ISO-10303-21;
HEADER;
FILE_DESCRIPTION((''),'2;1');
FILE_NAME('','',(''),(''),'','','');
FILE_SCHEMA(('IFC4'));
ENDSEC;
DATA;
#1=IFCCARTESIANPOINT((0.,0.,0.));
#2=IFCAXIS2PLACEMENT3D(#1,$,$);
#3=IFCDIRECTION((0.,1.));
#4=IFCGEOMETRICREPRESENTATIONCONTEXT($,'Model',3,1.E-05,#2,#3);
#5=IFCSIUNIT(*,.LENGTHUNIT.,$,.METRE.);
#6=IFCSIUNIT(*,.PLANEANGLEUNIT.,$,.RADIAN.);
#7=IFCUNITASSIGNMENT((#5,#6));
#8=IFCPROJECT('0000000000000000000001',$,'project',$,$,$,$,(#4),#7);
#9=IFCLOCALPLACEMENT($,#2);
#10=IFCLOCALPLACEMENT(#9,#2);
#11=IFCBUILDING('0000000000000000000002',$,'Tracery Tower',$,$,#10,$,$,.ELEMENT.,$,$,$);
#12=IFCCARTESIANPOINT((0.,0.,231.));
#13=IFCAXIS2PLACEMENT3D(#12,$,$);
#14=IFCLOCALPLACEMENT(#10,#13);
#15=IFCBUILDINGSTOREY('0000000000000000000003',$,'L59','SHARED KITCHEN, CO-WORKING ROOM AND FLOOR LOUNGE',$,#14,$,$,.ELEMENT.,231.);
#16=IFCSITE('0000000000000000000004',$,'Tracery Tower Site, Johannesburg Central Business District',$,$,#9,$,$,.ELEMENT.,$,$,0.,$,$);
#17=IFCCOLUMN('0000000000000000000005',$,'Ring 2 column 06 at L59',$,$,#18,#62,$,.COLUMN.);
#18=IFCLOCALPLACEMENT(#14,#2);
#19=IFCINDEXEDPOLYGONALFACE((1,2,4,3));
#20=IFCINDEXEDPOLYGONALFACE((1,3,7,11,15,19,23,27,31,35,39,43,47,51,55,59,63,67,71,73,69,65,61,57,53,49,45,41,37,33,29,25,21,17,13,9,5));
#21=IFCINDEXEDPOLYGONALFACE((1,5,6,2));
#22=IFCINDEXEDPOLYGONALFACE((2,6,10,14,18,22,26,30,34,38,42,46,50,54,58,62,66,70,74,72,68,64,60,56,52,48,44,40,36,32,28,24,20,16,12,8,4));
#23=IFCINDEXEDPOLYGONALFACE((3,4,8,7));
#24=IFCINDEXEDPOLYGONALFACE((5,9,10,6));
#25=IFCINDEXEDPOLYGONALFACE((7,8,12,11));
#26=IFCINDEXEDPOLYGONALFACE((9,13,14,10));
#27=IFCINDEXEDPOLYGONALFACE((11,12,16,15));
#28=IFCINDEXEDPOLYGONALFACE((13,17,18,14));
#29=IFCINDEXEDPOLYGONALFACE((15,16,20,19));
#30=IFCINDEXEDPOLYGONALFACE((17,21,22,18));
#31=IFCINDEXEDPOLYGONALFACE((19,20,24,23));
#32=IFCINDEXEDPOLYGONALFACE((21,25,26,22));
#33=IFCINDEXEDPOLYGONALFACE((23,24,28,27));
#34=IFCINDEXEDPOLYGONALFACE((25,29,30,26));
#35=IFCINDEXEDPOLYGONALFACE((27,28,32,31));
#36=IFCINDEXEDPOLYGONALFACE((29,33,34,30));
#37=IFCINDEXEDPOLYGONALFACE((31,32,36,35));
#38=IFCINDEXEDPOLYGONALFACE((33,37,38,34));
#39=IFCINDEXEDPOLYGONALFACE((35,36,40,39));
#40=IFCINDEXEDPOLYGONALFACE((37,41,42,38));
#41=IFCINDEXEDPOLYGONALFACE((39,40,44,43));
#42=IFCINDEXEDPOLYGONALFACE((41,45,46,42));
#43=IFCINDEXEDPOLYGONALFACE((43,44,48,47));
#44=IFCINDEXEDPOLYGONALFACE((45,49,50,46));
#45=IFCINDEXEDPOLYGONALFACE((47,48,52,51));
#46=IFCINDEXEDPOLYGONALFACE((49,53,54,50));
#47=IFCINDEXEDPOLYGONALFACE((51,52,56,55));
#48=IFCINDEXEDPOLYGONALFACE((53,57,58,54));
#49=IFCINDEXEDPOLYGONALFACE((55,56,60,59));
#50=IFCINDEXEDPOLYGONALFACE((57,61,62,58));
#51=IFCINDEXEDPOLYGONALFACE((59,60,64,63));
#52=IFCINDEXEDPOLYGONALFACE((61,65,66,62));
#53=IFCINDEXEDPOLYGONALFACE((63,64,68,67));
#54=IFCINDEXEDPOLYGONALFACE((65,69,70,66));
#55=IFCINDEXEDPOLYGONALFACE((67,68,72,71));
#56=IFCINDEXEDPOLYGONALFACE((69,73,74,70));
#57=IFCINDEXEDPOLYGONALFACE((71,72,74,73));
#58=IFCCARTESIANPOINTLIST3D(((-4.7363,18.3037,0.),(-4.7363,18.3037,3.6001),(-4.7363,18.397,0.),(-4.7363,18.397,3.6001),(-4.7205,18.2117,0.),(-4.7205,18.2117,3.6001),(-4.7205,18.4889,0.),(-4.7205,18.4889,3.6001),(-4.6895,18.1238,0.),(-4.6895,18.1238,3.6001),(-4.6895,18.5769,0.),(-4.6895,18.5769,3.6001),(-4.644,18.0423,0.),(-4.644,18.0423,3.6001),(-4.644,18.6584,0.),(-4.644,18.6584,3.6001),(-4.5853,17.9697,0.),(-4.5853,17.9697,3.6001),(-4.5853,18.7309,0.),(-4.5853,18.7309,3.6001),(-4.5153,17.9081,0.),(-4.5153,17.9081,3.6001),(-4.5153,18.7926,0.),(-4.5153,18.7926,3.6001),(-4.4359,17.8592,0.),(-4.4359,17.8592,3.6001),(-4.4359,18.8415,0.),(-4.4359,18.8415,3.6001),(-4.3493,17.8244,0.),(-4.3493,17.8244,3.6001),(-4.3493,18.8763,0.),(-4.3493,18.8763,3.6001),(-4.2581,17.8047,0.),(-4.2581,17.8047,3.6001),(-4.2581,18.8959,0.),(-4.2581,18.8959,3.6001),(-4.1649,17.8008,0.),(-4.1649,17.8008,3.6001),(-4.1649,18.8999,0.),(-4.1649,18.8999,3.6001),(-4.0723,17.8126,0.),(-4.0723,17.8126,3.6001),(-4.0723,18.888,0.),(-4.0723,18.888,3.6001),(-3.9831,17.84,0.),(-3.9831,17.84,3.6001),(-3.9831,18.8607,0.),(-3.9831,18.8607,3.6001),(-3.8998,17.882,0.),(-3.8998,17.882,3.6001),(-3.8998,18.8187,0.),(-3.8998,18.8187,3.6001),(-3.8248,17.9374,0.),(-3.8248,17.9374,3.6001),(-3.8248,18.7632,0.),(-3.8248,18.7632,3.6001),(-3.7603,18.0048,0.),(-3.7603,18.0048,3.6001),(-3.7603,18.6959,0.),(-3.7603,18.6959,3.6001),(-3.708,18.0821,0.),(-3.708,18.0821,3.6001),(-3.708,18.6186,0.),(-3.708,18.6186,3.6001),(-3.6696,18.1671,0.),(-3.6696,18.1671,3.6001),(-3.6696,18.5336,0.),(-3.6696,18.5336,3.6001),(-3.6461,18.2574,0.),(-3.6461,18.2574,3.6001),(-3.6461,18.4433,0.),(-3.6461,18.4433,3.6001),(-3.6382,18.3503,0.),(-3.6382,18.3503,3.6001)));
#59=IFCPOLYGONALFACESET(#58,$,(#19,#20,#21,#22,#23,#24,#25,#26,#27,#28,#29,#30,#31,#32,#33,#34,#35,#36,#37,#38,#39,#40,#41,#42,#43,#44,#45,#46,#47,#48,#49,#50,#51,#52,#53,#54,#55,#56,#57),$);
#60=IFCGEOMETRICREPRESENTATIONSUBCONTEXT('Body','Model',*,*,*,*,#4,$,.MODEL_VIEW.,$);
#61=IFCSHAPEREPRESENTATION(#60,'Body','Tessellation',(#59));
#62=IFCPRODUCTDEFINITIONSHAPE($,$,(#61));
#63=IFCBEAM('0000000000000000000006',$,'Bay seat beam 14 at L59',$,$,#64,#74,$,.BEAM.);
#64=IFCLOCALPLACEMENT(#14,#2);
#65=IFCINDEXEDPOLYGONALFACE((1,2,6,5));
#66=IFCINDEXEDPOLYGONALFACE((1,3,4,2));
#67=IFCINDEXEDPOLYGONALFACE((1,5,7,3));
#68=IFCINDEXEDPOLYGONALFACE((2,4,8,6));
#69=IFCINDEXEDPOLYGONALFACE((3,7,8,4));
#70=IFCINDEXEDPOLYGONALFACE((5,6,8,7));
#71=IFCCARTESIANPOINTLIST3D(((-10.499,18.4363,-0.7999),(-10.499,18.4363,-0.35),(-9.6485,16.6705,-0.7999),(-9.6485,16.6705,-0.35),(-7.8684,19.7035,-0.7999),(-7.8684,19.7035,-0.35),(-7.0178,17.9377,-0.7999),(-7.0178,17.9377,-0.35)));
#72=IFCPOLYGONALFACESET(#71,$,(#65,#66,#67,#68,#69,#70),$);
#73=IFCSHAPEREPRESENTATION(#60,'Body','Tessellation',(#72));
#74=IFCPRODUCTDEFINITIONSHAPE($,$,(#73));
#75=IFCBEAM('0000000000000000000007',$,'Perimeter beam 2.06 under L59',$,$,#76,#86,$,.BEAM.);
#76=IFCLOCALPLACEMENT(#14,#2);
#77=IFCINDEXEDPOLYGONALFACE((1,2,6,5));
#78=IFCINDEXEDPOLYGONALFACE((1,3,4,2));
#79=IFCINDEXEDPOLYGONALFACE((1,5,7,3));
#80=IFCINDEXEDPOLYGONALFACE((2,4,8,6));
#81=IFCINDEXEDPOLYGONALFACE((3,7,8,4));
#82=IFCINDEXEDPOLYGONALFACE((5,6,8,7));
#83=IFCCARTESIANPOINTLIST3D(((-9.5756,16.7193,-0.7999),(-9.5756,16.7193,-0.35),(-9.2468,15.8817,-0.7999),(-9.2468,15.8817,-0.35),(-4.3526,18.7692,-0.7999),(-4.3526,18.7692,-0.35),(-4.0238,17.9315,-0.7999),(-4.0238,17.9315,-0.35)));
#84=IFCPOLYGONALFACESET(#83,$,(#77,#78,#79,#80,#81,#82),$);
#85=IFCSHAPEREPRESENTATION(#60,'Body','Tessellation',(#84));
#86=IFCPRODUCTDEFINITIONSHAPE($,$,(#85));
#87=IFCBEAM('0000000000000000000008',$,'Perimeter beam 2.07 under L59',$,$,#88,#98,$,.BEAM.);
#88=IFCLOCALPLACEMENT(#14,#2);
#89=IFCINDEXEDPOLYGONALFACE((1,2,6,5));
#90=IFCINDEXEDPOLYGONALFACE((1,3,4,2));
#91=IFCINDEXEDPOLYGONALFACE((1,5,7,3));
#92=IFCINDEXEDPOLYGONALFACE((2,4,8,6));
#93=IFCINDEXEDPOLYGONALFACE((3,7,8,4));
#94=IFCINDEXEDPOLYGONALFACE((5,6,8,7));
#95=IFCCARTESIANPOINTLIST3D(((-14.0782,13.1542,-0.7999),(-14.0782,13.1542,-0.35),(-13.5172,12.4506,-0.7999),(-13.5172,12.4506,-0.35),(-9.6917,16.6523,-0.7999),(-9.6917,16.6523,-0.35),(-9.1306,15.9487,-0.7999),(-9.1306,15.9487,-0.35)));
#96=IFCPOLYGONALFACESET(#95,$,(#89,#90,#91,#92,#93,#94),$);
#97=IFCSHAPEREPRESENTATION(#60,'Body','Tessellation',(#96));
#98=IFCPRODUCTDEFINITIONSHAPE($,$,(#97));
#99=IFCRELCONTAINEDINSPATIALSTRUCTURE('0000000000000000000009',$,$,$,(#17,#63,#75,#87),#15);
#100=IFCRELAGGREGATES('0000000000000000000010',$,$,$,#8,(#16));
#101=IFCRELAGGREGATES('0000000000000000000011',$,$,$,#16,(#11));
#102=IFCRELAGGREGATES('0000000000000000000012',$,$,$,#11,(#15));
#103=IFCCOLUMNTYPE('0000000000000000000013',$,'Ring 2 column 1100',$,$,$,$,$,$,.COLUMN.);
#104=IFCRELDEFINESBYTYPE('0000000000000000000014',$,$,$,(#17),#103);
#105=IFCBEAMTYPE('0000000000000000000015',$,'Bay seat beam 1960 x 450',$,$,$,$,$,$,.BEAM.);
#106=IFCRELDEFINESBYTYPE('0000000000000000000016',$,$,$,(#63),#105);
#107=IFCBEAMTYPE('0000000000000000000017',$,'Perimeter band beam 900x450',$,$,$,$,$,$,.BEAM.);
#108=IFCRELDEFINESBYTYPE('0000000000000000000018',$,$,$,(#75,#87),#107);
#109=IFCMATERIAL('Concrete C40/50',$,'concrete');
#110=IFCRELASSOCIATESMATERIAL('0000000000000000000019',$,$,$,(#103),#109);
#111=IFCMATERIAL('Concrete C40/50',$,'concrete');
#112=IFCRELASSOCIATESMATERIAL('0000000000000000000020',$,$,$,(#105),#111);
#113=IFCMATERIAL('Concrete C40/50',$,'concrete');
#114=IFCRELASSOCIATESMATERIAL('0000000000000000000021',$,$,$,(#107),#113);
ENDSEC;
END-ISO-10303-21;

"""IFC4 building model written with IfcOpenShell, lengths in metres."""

from ifc_helpers import new_model, si_unit, direction, frame, origin, origin_2d, place, context, subcontext, project, spatial, rectangle, circle, extrude, material, material_profile, profile_set, type_object, element, save


model = new_model("IFC4")

# Units and contexts
model_context = context("Model", 3, precision=1e-05, world=origin(), true_north=direction((0.0, 1.0)))
body_context = subcontext(model_context, "Body", "Model", "MODEL_VIEW")
ifc_project = project(units=[si_unit("LENGTHUNIT", "METRE"), si_unit("PLANEANGLEUNIT", "RADIAN")], contexts=[model_context])

# Site, building, storey
site_placement = place(None, origin())
site = spatial("IfcSite", under=ifc_project, at=site_placement, Name="Tracery Tower Site, Johannesburg Central Business District", CompositionType="ELEMENT", RefElevation=0.0)
building_placement = place(site_placement, origin())
building = spatial("IfcBuilding", under=site, at=building_placement, Name="Tracery Tower", CompositionType="ELEMENT")
storey_placement = place(building_placement, frame((0.0, 0.0, 231.0)))
storey = spatial("IfcBuildingStorey", under=building, at=storey_placement, Name="L59", Description="SHARED KITCHEN, CO-WORKING ROOM AND FLOOR LOUNGE", CompositionType="ELEMENT", Elevation=231.0)

# Column
ifc_material_1 = material(Name="Concrete C40/50", Category="concrete")
ifc_material_profile_1 = material_profile(ifc_material_1, circle(Radius=0.55, at=origin_2d()), Name="RC D1100")
ifc_profile_set_1 = profile_set([ifc_material_profile_1], Name="Concrete C40/50")
column_type = type_object("IfcColumnType", Name="Ring 2 column 1100", PredefinedType="COLUMN", material=ifc_profile_set_1)
column_placement = place(storey_placement, frame((-4.1882, 18.3503, 0.0), z_axis=(0.0, 0.0, 1.0), x_axis=(1.0, 0.0, 0.0)))
element("IfcColumn", 1, at=column_placement, inside=storey, type_object=column_type, Name="Ring 2 column 06 at L59", PredefinedType="COLUMN", context=body_context, shape_type="SweptSolid", body=[
    extrude(circle(Radius=0.55, at=origin_2d()), origin(), (0.0, 0.0, 1.0), 3.6001),
])

# Beams
ifc_material_2 = material(Name="Concrete C40/50", Category="concrete")
ifc_material_profile_2 = material_profile(ifc_material_2, rectangle(XDim=1.96, YDim=0.45, at=origin_2d()), Name="RC 1960x450")
ifc_profile_set_2 = profile_set([ifc_material_profile_2], Name="Concrete C40/50")
beam_type_1 = type_object("IfcBeamType", Name="Bay seat beam 1960 x 450", PredefinedType="BEAM", material=ifc_profile_set_2)
beam_1_placement = place(storey_placement, frame((-7.4431, 18.8206, -0.575), z_axis=(-0.900935, -0.433954, 0.0), x_axis=(0.433954, -0.900935, 0.0)))
element("IfcBeam", 2, at=beam_1_placement, inside=storey, type_object=beam_type_1, Name="Bay seat beam 14 at L59", PredefinedType="BEAM", context=body_context, shape_type="SweptSolid", body=[
    extrude(rectangle(XDim=1.96, YDim=0.45, at=origin_2d()), origin(), (0.0, 0.0, 1.0), 2.9199),
])
ifc_material_3 = material(Name="Concrete C40/50", Category="concrete")
ifc_material_profile_3 = material_profile(ifc_material_3, rectangle(XDim=0.8999, YDim=0.45, at=origin_2d()), Name="RC 900x450")
ifc_profile_set_3 = profile_set([ifc_material_profile_3], Name="Concrete C40/50")
beam_type_2 = type_object("IfcBeamType", Name="Perimeter band beam 900x450", PredefinedType="BEAM", material=ifc_profile_set_3)
beam_2_placement = place(storey_placement, frame((-4.1882, 18.3503, -0.575), z_axis=(-0.930876, -0.365336, 0.0), x_axis=(0.365336, -0.930876, 0.0)))
element("IfcBeam", 3, at=beam_2_placement, inside=storey, type_object=beam_type_2, Name="Perimeter beam 2.06 under L59", PredefinedType="BEAM", context=body_context, shape_type="SweptSolid", body=[
    extrude(rectangle(XDim=0.8999, YDim=0.45, at=origin_2d()), origin(), (0.0, 0.0, 1.0), 5.6108),
])
beam_3_placement = place(storey_placement, frame((-9.4111, 16.3005, -0.575), z_axis=(-0.781836, -0.623484, 0.0), x_axis=(0.623484, -0.781836, 0.0)))
element("IfcBeam", 4, at=beam_3_placement, inside=storey, type_object=beam_type_2, Name="Perimeter beam 2.07 under L59", PredefinedType="BEAM", context=body_context, shape_type="SweptSolid", body=[
    extrude(rectangle(XDim=0.8999, YDim=0.45, at=origin_2d()), origin(), (0.0, 0.0, 1.0), 5.6106),
])

save(model, "model.ifc")
